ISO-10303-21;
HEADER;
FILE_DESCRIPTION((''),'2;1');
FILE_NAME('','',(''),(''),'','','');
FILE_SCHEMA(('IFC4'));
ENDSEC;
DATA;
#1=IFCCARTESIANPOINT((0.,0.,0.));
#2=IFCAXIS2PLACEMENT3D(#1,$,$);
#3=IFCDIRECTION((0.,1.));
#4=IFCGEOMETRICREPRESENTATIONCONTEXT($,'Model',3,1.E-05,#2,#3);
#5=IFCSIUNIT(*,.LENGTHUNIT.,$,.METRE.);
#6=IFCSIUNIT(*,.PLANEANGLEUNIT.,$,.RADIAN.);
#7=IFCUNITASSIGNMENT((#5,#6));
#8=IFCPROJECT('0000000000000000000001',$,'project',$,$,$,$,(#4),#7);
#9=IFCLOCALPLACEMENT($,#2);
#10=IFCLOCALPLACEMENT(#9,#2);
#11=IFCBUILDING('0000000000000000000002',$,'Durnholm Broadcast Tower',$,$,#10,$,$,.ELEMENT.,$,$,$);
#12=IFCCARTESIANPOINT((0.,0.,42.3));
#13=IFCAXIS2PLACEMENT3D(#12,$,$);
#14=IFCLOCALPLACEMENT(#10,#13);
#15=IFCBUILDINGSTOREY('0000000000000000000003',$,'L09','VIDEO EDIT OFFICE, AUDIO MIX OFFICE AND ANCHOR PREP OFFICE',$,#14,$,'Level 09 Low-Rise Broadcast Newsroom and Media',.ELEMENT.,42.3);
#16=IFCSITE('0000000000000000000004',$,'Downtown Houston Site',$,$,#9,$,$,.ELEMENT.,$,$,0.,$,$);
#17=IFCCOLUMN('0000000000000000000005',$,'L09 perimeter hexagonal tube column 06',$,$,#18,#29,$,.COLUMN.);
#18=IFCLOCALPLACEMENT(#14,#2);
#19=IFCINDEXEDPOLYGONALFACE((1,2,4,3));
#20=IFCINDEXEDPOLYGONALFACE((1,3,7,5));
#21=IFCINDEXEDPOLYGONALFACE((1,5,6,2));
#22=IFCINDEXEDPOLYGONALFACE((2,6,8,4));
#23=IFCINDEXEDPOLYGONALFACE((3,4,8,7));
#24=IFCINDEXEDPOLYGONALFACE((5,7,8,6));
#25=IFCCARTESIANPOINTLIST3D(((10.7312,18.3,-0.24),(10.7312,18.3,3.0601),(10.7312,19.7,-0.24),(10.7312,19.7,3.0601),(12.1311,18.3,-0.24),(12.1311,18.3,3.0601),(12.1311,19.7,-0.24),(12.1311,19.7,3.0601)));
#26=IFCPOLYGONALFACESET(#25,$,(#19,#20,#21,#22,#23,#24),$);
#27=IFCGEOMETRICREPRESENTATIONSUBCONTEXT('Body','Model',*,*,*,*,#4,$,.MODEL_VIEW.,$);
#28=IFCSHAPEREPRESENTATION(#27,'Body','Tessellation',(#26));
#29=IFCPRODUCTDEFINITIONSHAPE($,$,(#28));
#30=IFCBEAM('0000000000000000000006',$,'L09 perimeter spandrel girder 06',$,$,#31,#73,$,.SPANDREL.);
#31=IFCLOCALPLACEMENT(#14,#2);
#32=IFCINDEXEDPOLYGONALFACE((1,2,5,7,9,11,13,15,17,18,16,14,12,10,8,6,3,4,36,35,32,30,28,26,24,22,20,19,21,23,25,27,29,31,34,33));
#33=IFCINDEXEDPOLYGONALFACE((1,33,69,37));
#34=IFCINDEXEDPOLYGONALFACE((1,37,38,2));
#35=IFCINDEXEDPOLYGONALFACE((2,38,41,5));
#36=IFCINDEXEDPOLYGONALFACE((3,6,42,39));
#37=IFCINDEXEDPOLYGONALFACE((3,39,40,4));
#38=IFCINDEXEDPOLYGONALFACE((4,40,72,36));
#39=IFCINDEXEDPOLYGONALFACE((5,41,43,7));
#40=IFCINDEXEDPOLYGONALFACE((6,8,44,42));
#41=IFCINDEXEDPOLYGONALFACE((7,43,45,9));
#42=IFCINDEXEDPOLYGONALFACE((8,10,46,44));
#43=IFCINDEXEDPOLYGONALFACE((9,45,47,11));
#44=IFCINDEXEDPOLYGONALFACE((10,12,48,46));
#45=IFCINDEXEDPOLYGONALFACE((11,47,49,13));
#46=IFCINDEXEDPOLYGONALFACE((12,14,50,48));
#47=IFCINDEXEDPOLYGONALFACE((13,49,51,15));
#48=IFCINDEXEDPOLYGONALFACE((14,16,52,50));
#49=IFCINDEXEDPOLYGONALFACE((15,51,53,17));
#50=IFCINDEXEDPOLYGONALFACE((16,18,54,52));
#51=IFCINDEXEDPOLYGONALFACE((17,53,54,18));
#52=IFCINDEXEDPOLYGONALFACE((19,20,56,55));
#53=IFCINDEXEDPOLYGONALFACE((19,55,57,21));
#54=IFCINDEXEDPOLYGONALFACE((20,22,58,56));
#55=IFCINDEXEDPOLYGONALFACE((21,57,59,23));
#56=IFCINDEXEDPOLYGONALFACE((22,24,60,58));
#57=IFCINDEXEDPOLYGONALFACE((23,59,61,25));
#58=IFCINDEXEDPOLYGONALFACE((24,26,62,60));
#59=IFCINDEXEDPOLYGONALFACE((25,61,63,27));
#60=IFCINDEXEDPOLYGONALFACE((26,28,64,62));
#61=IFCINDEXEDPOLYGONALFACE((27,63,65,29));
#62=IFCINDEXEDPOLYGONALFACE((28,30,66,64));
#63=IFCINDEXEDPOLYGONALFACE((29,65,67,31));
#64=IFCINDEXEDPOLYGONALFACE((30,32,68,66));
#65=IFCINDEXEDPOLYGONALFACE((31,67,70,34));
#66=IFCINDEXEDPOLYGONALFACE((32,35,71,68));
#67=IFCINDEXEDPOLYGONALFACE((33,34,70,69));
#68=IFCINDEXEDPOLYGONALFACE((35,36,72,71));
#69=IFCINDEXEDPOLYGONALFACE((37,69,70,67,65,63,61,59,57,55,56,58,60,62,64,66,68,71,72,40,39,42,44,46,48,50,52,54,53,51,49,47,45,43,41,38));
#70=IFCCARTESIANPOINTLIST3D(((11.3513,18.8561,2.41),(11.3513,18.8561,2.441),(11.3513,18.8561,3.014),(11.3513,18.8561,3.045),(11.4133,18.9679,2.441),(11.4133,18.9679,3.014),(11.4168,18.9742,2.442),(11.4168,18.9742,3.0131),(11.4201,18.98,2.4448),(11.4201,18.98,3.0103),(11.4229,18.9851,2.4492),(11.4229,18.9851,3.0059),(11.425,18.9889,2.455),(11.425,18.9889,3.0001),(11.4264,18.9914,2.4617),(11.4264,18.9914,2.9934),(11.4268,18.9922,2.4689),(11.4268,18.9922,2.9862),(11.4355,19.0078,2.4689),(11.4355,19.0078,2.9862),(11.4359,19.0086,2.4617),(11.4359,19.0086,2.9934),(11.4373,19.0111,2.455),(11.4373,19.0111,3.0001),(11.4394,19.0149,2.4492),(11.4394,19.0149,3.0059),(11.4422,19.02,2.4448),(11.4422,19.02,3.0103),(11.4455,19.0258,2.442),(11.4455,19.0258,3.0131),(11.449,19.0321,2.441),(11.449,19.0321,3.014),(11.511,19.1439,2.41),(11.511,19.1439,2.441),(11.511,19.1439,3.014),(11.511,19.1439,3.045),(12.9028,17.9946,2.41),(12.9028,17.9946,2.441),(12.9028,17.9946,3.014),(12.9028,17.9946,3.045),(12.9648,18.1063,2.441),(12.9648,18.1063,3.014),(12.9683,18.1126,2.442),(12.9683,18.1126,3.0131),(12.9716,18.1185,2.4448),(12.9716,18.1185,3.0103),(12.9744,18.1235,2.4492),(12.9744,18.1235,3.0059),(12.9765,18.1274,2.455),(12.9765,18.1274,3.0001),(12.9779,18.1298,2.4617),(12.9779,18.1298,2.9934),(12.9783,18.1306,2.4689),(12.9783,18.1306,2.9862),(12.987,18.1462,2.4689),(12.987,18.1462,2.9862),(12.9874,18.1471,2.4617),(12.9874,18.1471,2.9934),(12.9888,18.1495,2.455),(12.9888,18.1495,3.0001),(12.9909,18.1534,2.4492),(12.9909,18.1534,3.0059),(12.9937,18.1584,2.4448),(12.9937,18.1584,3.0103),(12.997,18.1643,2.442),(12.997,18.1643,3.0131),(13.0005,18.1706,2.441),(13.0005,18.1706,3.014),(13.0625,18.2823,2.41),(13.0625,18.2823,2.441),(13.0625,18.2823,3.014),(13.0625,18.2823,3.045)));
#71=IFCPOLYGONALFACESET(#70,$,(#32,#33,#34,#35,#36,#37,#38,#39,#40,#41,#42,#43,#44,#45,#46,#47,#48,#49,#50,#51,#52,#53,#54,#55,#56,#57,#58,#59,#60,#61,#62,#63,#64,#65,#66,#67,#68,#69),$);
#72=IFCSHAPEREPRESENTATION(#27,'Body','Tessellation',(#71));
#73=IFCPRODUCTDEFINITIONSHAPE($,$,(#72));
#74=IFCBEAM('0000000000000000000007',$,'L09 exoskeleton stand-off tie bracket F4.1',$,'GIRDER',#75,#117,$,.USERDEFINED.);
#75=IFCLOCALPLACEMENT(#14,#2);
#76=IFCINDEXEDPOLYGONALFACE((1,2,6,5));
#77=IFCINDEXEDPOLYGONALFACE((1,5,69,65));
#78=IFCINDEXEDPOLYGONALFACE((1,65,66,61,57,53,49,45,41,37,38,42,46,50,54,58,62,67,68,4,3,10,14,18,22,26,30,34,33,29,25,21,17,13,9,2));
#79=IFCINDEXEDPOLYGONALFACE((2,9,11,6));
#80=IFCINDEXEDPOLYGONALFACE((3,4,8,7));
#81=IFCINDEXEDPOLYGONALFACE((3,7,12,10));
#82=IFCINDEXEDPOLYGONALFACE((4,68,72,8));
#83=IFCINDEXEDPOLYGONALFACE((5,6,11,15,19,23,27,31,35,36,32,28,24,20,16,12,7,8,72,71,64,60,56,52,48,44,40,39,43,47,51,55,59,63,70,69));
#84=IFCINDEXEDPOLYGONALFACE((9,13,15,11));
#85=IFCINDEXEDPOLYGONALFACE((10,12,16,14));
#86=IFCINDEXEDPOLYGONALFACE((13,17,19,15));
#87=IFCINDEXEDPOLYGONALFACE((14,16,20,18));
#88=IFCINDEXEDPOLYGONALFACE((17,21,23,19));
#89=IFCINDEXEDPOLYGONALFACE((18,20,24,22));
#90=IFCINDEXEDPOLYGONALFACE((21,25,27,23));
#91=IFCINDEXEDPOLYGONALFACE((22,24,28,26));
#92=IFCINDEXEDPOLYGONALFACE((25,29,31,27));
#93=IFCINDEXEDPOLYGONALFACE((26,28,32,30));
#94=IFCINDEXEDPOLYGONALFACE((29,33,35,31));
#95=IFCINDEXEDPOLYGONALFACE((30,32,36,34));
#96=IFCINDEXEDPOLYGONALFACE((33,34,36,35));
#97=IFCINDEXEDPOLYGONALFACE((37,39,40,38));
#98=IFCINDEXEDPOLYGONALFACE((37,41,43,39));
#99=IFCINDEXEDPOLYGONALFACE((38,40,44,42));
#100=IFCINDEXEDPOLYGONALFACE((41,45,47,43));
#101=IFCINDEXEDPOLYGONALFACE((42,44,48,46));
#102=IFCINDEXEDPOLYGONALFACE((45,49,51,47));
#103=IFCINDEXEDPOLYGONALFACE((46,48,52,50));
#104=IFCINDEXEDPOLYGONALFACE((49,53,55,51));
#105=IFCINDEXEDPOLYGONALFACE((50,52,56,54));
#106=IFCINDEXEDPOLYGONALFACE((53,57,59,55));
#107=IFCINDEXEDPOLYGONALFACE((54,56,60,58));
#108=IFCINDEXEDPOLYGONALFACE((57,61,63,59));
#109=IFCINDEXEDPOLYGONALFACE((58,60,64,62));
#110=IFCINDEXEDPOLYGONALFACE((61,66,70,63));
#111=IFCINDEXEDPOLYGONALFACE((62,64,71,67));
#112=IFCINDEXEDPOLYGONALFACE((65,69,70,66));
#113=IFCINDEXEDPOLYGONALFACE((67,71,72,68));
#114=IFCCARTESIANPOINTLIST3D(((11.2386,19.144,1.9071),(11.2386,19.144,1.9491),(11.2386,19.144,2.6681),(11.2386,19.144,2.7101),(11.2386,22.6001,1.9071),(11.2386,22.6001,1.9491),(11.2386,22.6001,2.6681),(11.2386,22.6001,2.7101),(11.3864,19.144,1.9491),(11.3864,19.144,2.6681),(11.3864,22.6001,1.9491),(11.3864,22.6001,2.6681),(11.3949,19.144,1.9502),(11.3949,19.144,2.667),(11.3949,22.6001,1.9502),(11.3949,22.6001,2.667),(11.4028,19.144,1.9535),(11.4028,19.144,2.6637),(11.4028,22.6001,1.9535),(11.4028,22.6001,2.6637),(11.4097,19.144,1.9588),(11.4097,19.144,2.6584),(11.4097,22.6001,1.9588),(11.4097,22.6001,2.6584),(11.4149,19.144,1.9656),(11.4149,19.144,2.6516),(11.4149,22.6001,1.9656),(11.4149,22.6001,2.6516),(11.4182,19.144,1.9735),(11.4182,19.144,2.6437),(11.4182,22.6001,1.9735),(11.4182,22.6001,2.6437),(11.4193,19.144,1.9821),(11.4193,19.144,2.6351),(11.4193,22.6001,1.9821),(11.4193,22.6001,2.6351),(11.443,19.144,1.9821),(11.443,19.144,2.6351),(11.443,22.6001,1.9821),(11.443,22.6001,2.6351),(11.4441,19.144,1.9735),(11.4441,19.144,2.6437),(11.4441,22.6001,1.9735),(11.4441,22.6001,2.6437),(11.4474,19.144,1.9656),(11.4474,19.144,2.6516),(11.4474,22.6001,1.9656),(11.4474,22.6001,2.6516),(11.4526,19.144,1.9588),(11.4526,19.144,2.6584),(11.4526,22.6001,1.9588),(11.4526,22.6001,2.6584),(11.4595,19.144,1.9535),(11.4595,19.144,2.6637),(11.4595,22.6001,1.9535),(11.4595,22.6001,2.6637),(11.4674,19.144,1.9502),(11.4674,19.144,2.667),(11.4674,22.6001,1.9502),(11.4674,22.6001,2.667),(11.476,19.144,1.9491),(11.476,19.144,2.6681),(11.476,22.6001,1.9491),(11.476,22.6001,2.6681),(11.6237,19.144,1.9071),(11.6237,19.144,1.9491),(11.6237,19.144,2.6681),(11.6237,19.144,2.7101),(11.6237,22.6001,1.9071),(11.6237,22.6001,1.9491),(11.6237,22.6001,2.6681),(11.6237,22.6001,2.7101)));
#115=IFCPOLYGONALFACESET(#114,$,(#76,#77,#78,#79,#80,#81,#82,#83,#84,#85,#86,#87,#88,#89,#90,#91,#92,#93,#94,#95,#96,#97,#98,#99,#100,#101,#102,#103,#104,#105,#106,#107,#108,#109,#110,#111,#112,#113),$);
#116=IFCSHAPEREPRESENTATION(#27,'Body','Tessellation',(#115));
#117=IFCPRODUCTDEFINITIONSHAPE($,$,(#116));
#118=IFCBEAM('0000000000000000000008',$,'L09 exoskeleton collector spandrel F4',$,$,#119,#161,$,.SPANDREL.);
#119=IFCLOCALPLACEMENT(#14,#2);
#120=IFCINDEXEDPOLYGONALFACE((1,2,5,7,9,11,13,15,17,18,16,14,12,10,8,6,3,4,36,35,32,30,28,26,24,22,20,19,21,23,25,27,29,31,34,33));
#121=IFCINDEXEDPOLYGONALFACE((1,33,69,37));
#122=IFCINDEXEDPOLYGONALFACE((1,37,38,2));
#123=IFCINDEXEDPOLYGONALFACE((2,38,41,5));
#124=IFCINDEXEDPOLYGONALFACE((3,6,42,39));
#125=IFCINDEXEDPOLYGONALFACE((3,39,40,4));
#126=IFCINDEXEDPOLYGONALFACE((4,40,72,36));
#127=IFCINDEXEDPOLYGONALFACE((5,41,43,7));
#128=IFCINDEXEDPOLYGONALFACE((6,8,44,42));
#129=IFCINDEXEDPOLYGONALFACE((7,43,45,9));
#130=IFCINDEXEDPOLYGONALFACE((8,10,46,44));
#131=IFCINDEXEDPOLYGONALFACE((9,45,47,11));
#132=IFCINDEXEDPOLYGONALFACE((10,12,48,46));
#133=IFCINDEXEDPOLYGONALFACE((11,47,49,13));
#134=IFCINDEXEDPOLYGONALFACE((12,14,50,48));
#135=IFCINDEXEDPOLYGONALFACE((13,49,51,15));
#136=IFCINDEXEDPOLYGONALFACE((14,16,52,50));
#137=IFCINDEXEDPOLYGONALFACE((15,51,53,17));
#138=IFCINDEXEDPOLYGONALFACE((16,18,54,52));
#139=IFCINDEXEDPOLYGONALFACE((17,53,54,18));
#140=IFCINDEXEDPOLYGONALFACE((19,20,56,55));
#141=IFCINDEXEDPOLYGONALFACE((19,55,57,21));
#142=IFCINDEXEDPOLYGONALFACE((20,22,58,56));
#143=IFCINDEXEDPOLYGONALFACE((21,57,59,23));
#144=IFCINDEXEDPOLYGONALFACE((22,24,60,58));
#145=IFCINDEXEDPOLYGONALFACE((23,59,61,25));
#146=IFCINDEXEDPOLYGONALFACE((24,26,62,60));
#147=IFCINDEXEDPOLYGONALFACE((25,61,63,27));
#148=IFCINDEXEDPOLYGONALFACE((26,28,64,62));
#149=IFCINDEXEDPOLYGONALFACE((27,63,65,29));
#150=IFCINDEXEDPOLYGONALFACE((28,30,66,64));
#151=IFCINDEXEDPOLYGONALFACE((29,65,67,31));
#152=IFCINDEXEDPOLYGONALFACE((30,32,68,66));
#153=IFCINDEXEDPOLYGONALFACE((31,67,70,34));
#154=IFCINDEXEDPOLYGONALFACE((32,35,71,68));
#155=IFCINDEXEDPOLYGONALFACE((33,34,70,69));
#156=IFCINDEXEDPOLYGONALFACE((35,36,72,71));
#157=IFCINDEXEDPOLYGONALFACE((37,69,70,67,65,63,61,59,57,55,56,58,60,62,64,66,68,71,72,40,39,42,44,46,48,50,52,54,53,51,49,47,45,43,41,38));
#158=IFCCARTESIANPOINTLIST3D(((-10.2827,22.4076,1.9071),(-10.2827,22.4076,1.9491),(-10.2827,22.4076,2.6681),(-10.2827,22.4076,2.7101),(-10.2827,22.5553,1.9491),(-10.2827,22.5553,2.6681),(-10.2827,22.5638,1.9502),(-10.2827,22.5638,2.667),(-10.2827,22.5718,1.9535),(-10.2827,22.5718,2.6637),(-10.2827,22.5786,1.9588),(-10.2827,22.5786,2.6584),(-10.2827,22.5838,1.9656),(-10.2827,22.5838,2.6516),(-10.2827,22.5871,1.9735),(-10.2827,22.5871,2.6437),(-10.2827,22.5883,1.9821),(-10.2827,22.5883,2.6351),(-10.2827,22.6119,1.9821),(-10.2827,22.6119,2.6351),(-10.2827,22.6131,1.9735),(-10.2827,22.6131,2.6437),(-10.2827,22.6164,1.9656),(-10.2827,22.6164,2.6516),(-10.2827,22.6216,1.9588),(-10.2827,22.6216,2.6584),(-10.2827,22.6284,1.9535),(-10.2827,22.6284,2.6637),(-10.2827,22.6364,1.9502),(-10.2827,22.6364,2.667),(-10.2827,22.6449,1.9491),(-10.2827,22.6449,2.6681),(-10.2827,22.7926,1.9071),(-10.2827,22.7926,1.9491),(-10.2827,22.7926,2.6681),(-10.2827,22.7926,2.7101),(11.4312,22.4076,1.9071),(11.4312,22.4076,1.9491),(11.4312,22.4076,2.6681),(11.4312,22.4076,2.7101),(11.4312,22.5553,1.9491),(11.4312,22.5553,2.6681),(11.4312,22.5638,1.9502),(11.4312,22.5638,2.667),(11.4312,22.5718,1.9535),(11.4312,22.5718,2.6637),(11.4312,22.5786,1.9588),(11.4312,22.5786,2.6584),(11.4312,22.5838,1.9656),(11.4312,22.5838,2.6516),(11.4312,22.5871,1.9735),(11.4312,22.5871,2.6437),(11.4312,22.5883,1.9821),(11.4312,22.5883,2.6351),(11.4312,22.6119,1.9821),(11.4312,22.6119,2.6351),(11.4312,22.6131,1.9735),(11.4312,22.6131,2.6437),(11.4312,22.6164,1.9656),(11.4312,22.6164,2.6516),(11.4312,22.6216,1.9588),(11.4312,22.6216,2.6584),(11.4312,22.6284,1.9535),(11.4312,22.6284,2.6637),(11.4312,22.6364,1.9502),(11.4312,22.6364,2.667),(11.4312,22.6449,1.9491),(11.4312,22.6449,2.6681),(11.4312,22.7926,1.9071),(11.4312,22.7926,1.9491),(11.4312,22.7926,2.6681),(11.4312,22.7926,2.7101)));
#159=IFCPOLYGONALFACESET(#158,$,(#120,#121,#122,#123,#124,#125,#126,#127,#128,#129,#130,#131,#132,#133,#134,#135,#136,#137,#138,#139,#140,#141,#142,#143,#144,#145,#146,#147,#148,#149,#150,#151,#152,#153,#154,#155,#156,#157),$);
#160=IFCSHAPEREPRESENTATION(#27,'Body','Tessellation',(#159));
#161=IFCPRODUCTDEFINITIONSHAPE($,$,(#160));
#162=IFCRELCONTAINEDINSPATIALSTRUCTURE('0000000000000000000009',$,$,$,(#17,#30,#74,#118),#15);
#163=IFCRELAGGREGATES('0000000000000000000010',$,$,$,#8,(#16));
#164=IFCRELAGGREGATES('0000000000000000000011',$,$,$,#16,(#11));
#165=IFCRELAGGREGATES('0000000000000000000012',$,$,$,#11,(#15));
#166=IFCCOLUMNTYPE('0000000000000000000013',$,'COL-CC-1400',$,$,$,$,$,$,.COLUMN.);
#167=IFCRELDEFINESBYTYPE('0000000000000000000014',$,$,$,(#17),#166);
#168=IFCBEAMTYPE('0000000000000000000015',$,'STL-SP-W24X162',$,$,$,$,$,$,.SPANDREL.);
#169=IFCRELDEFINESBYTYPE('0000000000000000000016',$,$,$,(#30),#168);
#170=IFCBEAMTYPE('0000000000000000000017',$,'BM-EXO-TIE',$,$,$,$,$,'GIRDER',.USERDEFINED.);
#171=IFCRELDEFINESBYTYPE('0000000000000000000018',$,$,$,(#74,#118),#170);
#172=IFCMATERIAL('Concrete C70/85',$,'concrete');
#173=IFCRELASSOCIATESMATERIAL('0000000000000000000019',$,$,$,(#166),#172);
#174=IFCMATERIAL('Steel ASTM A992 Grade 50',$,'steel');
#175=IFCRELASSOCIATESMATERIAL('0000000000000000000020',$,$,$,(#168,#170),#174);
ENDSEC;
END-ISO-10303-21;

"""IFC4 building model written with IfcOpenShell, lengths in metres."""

from ifc_helpers import new_model, si_unit, direction, frame, origin, origin_2d, place, context, subcontext, project, spatial, rectangle, i_section, extrude, source, transform, mapped, material, material_profile, profile_set, type_object, type_shapes, element, save


model = new_model("IFC4")

# Units and contexts
model_context = context("Model", 3, precision=1e-05, world=origin(), true_north=direction((0.0, 1.0)))
body_context = subcontext(model_context, "Body", "Model", "MODEL_VIEW")
ifc_project = project(units=[si_unit("LENGTHUNIT", "METRE"), si_unit("PLANEANGLEUNIT", "RADIAN")], contexts=[model_context])

# Site, building, storey
site_placement = place(None, origin())
site = spatial("IfcSite", under=ifc_project, at=site_placement, Name="Downtown Houston Site", CompositionType="ELEMENT", RefElevation=0.0)
building_placement = place(site_placement, origin())
building = spatial("IfcBuilding", under=site, at=building_placement, Name="Durnholm Broadcast Tower", CompositionType="ELEMENT")
storey_placement = place(building_placement, frame((0.0, 0.0, 42.3)))
storey = spatial("IfcBuildingStorey", under=building, at=storey_placement, Name="L09", Description="VIDEO EDIT OFFICE, AUDIO MIX OFFICE AND ANCHOR PREP OFFICE", LongName="Level 09 Low-Rise Broadcast Newsroom and Media", CompositionType="ELEMENT", Elevation=42.3)

# Column
ifc_material_1 = material(Name="Concrete C70/85", Category="concrete")
ifc_material_profile_1 = material_profile(ifc_material_1, rectangle(XDim=1.3999, YDim=1.3999, at=origin_2d()), Name="RC1400X1400")
ifc_profile_set_1 = profile_set([ifc_material_profile_1], Name="Concrete C70/85")
column_type = type_object("IfcColumnType", Name="COL-CC-1400", PredefinedType="COLUMN", material=ifc_profile_set_1)
shared_shape_1 = source(origin(), body_context, "Body", "SweptSolid", [
    extrude(rectangle(XDim=1.3999, YDim=1.3999, at=origin_2d()), origin(), (0.0, 0.0, 1.0), 3.3),
])
type_shapes(column_type, [shared_shape_1])
column_placement = place(storey_placement, frame((11.4312, 19.0, -0.24), z_axis=(0.0, 0.0, 1.0), x_axis=(1.0, 0.0, 0.0)))
element("IfcColumn", 1, at=column_placement, inside=storey, type_object=column_type, Name="L09 perimeter hexagonal tube column 06", PredefinedType="COLUMN", context=body_context, shape_type="MappedRepresentation", body=[
    mapped(shared_shape_1, transform((0.0, 0.0, 0.0), x_axis=(1.0, 0.0, 0.0), y_axis=(0.0, 1.0, 0.0), z_axis=(0.0, 0.0, 1.0), scale=1.0)),
])

# Beams
ifc_material_2 = material(Name="Steel ASTM A992 Grade 50", Category="steel")
ifc_material_profile_2 = material_profile(ifc_material_2, i_section(OverallWidth=0.3291, OverallDepth=0.635, WebThickness=0.0178, FlangeThickness=0.031, FilletRadius=0.0278, at=origin_2d()), Name="W24X162")
ifc_profile_set_2 = profile_set([ifc_material_profile_2], Name="Steel ASTM A992 Grade 50")
beam_type_1 = type_object("IfcBeamType", Name="STL-SP-W24X162", PredefinedType="SPANDREL", material=ifc_profile_set_2)
shared_shape_2 = source(origin(), body_context, "Body", "SweptSolid", [
    extrude(i_section(OverallWidth=0.3291, OverallDepth=0.635, WebThickness=0.0178, FlangeThickness=0.031, FilletRadius=0.0278, at=origin_2d()), origin(), (0.0, 0.0, 1.0), 1.7747),
])
type_shapes(beam_type_1, [shared_shape_2])
beam_1_placement = place(storey_placement, frame((11.4312, 19.0, 2.7275), z_axis=(0.874248, -0.485479, 0.0), x_axis=(0.485479, 0.874248, 0.0)))
element("IfcBeam", 2, at=beam_1_placement, inside=storey, type_object=beam_type_1, Name="L09 perimeter spandrel girder 06", PredefinedType="SPANDREL", context=body_context, shape_type="MappedRepresentation", body=[
    mapped(shared_shape_2, transform((0.0, 0.0, 0.0), x_axis=(1.0, 0.0, 0.0), y_axis=(0.0, 1.0, 0.0), z_axis=(0.0, 0.0, 1.0), scale=1.0)),
])
ifc_material_profile_3 = material_profile(ifc_material_2, i_section(OverallWidth=0.385, OverallDepth=0.803, WebThickness=0.0237, FlangeThickness=0.042, FilletRadius=0.033, at=origin_2d()), Name="W30X261")
ifc_profile_set_3 = profile_set([ifc_material_profile_3], Name="Steel ASTM A992 Grade 50")
beam_type_2 = type_object("IfcBeamType", Name="BM-EXO-TIE", ElementType="GIRDER", PredefinedType="USERDEFINED", material=ifc_profile_set_3)
shared_shape_3 = source(origin(), body_context, "Body", "SweptSolid", [
    extrude(i_section(OverallWidth=0.385, OverallDepth=0.803, WebThickness=0.0237, FlangeThickness=0.042, FilletRadius=0.033, at=origin_2d()), origin(), (0.0, 0.0, 1.0), 3.4561),
])
beam_2_placement = place(storey_placement, frame((11.4312, 19.144, 2.3086), z_axis=(0.0, 1.0, 0.0), x_axis=(-1.0, 0.0, 0.0)))
element("IfcBeam", 3, at=beam_2_placement, inside=storey, type_object=beam_type_2, Name="L09 exoskeleton stand-off tie bracket F4.1", ObjectType="GIRDER", PredefinedType="USERDEFINED", context=body_context, shape_type="MappedRepresentation", body=[
    mapped(shared_shape_3, transform((0.0, 0.0, 0.0), x_axis=(1.0, 0.0, 0.0), y_axis=(0.0, 1.0, 0.0), z_axis=(0.0, 0.0, 1.0), scale=1.0)),
])
shared_shape_4 = source(origin(), body_context, "Body", "SweptSolid", [
    extrude(i_section(OverallWidth=0.385, OverallDepth=0.803, WebThickness=0.0237, FlangeThickness=0.042, FilletRadius=0.033, at=origin_2d()), origin(), (0.0, 0.0, 1.0), 21.7139),
])
type_shapes(beam_type_2, [shared_shape_3, shared_shape_4])
beam_3_placement = place(storey_placement, frame((11.4312, 22.6001, 2.3086), z_axis=(-1.0, 0.0, 0.0), x_axis=(0.0, -1.0, 0.0)))
element("IfcBeam", 4, at=beam_3_placement, inside=storey, type_object=beam_type_2, Name="L09 exoskeleton collector spandrel F4", PredefinedType="SPANDREL", context=body_context, shape_type="MappedRepresentation", body=[
    mapped(shared_shape_4, transform((0.0, 0.0, 0.0), x_axis=(1.0, 0.0, 0.0), y_axis=(0.0, 1.0, 0.0), z_axis=(0.0, 0.0, 1.0), scale=1.0)),
])

save(model, "model.ifc")
